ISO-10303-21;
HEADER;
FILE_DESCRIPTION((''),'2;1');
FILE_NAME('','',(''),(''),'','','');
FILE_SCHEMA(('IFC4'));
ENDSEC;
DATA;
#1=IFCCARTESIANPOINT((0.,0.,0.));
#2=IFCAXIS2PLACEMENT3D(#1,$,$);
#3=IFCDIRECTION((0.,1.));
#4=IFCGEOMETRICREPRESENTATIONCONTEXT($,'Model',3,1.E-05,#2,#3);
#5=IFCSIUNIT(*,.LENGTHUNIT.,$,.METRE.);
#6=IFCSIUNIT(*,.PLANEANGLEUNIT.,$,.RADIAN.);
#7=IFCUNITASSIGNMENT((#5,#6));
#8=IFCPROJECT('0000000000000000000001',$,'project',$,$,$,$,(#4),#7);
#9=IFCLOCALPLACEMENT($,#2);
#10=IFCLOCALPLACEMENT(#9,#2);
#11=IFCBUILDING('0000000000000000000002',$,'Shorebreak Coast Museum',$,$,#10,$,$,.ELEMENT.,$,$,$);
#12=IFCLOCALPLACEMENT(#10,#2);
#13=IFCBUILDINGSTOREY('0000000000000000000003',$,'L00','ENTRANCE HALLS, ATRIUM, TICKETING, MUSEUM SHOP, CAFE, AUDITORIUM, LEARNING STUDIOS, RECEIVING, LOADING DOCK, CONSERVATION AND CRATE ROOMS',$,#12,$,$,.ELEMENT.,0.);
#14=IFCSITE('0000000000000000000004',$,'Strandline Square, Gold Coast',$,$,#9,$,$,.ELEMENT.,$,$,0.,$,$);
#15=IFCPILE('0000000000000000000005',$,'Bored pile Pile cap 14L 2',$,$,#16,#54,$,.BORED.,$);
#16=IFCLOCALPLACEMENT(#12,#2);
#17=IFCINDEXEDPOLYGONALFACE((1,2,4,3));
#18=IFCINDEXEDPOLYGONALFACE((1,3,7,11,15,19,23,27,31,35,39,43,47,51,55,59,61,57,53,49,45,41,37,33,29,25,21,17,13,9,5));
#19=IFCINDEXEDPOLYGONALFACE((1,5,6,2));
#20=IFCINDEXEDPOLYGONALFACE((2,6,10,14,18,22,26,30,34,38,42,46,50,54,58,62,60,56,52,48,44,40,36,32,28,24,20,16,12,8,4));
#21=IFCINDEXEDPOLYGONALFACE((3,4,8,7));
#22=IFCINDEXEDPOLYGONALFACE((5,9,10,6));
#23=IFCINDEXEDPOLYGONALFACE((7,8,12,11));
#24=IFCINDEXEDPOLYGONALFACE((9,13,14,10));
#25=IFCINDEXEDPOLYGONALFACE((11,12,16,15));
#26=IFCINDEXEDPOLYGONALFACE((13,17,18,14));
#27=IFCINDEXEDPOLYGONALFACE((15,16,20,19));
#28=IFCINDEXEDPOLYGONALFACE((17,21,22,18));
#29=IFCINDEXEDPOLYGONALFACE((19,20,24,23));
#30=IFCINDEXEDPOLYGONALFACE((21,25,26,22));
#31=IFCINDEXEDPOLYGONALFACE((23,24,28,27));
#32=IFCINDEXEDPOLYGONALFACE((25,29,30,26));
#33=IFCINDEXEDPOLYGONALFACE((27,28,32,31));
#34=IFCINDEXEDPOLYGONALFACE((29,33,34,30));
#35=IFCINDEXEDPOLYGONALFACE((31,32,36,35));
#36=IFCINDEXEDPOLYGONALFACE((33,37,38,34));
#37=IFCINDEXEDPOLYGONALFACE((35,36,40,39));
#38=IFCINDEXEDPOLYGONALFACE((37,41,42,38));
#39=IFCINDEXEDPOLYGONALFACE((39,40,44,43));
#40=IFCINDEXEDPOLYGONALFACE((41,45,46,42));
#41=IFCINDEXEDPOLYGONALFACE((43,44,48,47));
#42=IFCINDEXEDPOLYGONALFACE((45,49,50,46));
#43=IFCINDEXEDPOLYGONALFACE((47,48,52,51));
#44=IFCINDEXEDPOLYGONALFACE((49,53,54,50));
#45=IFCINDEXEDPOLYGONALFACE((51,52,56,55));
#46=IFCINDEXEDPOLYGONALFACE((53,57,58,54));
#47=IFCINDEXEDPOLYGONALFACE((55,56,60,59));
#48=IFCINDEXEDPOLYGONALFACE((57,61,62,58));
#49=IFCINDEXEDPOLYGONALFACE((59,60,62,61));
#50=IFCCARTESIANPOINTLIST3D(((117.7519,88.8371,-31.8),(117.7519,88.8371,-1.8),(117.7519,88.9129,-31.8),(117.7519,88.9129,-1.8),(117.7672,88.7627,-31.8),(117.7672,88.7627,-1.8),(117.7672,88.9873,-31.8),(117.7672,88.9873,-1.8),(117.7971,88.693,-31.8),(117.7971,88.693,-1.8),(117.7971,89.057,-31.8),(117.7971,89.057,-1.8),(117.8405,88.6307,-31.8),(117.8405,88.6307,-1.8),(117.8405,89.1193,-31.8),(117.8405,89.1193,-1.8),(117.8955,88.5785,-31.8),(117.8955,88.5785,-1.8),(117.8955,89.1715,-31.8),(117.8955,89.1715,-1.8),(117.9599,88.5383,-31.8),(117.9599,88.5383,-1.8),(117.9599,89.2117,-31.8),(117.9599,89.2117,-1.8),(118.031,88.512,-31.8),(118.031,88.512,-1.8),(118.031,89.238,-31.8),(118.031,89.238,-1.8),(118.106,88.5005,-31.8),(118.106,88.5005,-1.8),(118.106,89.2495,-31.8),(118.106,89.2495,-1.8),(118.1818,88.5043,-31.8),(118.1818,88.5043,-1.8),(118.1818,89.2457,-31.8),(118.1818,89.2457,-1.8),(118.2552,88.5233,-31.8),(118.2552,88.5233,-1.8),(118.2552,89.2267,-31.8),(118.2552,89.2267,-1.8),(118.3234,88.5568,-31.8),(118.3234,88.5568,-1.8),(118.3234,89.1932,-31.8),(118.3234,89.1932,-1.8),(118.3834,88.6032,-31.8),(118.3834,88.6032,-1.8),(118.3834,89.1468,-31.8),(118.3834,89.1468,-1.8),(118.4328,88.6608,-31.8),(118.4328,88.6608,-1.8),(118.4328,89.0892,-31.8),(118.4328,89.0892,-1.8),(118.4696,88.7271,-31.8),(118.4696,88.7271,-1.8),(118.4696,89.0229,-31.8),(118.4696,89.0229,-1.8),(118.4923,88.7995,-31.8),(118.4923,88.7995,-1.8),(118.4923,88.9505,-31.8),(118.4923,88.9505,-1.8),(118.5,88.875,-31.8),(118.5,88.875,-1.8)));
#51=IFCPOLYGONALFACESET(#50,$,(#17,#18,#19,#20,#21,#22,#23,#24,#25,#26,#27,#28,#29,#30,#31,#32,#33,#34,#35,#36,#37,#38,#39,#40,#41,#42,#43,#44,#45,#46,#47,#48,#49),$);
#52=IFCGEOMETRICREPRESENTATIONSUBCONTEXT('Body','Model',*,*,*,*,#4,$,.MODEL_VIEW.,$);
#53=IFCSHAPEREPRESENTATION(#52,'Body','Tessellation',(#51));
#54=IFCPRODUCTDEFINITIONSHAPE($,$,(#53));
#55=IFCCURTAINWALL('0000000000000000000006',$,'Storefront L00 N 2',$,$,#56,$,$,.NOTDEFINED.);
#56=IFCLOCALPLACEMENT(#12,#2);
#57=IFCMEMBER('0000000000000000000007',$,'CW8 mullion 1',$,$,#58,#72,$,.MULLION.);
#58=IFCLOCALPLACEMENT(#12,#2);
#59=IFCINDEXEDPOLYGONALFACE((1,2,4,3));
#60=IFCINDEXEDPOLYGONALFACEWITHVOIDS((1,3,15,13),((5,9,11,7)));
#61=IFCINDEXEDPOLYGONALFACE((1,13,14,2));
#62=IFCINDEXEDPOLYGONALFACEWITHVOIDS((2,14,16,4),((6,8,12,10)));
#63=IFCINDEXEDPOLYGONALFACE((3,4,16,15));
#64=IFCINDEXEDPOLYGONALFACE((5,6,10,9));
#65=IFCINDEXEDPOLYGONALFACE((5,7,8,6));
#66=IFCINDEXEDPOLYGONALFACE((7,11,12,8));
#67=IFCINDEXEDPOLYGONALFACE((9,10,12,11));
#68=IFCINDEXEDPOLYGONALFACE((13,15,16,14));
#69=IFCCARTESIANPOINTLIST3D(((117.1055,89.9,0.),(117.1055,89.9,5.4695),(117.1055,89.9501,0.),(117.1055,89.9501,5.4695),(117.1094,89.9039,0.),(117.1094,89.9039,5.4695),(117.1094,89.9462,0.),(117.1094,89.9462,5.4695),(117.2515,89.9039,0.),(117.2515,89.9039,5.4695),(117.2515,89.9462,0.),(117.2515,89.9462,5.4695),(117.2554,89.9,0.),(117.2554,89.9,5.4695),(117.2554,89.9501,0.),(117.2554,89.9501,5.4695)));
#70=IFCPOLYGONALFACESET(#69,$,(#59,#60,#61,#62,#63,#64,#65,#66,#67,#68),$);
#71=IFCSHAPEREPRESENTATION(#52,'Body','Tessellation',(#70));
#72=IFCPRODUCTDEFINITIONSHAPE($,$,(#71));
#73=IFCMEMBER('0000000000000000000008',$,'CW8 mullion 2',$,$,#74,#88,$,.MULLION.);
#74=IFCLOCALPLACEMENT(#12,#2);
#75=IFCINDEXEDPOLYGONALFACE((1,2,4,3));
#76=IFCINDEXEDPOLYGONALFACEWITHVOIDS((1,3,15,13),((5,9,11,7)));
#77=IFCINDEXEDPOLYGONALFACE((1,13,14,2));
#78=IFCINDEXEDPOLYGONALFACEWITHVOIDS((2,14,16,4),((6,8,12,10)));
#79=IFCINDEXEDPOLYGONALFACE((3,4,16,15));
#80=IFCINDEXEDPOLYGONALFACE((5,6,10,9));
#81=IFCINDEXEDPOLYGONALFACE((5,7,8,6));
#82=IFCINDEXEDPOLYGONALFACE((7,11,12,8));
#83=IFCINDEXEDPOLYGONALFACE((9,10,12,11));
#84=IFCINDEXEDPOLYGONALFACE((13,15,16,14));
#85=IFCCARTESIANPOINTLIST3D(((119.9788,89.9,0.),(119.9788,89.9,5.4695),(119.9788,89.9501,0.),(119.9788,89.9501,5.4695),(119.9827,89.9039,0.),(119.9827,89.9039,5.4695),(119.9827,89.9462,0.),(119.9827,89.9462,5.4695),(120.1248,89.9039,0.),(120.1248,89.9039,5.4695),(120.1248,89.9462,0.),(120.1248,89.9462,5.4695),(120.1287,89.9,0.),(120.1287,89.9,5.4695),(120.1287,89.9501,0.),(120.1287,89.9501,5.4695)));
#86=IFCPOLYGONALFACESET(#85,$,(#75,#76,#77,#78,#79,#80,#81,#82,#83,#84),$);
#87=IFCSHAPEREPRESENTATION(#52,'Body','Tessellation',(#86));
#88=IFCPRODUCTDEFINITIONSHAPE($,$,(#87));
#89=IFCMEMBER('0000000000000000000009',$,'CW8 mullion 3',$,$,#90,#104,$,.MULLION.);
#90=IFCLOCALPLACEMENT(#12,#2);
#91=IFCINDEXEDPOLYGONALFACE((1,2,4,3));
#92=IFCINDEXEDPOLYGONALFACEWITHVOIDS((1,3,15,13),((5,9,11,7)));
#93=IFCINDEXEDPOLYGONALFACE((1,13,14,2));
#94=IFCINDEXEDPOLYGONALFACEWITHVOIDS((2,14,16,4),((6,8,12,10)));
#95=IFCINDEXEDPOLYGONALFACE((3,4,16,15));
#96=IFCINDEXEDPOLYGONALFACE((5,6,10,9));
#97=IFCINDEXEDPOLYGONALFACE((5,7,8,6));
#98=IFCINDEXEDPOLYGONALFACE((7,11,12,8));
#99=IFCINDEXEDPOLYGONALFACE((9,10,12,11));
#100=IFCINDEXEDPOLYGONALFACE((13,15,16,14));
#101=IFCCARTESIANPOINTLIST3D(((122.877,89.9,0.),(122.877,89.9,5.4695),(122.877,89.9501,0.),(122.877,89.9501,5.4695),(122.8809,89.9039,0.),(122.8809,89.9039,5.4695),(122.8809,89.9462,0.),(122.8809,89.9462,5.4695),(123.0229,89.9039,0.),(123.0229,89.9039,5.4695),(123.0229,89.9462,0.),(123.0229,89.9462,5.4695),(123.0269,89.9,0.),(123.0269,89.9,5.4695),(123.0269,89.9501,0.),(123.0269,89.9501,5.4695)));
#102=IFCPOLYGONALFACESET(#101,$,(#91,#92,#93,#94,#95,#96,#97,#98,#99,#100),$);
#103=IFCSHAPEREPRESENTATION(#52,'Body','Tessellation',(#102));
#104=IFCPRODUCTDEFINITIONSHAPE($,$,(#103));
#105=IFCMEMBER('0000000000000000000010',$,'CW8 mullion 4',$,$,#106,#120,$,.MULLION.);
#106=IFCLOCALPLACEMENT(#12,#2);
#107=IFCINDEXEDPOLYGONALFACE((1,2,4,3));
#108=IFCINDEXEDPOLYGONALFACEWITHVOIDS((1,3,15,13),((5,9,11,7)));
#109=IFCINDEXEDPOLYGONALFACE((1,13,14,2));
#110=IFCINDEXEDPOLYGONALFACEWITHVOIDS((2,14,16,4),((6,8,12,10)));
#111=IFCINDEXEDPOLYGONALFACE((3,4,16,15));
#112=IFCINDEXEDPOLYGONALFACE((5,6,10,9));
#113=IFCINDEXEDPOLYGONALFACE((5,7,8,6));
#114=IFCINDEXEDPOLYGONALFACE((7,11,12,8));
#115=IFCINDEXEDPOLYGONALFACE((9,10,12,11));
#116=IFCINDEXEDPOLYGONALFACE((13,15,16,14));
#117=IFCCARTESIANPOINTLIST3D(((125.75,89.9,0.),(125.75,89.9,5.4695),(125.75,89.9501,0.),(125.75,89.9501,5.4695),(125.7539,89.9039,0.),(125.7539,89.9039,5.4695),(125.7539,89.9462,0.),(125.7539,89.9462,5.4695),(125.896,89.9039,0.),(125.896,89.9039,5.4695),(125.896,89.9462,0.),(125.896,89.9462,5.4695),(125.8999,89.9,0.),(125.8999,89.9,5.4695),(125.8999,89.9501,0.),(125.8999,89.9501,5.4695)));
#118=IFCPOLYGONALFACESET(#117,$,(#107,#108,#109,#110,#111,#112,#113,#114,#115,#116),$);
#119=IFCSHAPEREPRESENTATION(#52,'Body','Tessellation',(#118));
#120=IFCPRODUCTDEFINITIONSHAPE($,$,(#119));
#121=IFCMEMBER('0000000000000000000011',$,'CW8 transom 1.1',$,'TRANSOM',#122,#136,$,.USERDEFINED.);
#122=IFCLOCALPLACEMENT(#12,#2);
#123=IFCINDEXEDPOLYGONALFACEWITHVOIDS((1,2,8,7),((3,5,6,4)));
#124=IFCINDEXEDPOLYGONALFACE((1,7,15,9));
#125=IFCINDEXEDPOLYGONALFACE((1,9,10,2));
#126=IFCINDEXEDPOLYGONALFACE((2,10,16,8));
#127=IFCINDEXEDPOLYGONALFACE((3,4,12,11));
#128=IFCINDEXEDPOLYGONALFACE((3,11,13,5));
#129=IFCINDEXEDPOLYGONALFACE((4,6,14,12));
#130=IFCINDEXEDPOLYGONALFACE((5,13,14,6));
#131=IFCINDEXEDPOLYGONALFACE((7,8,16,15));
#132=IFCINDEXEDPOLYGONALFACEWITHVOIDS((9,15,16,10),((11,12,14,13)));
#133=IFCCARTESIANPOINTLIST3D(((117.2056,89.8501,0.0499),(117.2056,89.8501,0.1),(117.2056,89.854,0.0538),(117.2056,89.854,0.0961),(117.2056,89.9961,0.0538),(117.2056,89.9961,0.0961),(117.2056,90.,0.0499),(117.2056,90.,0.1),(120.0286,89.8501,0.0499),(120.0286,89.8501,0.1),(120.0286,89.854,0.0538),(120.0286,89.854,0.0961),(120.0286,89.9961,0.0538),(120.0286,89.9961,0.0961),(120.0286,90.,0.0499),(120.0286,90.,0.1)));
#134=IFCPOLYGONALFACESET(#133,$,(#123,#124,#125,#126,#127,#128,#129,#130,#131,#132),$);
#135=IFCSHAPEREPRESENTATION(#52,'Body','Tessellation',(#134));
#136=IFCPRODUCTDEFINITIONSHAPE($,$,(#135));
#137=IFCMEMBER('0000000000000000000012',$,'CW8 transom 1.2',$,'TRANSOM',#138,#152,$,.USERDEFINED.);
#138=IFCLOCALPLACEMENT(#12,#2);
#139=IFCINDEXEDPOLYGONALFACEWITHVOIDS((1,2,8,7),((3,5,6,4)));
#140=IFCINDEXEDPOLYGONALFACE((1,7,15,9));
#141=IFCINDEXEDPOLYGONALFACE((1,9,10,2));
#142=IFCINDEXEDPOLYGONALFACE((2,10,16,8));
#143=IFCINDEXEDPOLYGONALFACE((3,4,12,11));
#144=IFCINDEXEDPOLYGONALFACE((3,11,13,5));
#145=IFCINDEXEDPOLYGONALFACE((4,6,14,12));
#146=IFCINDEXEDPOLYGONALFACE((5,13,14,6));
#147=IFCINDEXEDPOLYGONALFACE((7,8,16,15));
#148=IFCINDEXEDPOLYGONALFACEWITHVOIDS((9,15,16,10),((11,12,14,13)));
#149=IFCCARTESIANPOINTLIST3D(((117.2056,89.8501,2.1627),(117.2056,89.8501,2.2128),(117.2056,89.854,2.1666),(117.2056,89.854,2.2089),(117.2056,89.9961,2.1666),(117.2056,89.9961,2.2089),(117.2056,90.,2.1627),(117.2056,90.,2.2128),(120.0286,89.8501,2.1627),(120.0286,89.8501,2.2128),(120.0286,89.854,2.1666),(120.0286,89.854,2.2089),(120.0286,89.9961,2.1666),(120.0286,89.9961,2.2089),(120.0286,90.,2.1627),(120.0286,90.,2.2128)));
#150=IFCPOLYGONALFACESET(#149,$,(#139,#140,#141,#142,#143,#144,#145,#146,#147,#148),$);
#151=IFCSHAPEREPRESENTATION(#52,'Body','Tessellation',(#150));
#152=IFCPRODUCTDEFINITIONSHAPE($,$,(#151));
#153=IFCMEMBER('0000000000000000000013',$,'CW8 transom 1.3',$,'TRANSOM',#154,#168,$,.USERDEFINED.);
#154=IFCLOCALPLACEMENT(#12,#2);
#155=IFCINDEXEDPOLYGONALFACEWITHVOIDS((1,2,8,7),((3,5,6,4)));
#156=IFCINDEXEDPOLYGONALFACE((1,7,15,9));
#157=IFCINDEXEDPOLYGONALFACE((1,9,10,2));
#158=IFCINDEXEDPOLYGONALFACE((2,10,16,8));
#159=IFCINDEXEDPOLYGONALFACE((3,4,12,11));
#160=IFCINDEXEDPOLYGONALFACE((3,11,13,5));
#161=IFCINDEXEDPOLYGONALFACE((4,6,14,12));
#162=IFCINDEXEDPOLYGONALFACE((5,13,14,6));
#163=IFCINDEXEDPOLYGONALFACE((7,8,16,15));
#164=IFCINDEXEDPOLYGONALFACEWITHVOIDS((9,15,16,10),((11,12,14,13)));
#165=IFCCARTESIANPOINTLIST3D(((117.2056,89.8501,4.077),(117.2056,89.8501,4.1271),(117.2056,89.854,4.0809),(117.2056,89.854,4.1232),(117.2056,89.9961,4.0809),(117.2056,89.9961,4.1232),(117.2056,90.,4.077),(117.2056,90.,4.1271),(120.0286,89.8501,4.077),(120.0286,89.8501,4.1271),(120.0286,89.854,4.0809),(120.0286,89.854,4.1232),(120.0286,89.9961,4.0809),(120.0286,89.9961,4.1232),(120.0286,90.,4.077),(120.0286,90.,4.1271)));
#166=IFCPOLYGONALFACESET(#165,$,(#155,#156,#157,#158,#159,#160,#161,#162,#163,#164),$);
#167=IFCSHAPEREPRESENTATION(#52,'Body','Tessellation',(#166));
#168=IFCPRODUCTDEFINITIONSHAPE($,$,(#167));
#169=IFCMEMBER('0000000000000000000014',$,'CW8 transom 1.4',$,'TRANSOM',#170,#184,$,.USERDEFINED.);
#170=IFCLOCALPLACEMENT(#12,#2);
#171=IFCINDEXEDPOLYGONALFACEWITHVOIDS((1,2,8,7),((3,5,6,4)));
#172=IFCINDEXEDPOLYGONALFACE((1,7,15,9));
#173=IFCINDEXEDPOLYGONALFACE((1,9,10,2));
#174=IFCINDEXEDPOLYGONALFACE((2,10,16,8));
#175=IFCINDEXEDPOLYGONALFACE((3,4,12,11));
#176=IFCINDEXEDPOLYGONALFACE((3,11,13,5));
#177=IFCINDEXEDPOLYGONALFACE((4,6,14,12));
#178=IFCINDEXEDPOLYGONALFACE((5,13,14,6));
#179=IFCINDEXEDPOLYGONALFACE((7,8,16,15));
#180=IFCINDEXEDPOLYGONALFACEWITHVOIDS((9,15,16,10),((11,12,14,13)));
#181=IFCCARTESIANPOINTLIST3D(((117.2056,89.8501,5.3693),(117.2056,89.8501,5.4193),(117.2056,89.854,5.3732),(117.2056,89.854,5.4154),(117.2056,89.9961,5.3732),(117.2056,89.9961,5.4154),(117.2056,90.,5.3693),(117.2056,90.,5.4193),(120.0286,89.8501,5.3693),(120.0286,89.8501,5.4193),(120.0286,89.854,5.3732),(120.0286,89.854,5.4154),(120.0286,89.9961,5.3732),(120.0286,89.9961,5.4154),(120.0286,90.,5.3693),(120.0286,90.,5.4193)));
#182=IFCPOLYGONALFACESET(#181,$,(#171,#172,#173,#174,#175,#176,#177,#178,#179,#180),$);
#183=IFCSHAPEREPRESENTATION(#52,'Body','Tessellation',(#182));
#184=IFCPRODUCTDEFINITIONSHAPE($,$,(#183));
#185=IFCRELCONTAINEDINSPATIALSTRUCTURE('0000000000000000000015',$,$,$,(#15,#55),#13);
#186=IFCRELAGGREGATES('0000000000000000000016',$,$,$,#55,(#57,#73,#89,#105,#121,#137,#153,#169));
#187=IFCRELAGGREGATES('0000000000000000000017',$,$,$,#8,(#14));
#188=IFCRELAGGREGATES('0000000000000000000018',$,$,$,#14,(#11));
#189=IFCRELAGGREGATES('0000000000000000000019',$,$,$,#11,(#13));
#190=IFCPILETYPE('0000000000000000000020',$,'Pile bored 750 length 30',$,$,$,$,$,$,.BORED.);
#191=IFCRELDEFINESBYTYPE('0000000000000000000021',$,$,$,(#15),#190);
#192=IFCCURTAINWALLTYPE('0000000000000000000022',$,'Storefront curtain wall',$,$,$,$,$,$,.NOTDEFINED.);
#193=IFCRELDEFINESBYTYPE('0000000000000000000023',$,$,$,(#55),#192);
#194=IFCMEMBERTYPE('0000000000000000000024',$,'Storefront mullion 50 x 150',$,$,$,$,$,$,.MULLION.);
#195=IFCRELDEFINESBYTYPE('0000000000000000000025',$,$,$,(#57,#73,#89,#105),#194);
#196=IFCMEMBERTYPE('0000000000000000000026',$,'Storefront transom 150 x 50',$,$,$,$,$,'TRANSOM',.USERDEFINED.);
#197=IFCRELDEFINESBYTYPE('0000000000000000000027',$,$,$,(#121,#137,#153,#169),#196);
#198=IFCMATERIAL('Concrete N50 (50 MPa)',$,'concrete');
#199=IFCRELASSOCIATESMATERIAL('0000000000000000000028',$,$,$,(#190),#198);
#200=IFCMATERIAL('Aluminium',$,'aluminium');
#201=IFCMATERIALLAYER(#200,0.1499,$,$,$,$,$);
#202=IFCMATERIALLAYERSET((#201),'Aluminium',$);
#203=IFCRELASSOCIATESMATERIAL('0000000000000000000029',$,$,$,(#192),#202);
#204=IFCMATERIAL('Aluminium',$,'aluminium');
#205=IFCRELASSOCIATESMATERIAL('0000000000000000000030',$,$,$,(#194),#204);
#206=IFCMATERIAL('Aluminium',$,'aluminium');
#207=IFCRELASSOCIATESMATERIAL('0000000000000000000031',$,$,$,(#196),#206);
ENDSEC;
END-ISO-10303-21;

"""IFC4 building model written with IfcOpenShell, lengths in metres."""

from ifc_helpers import new_model, si_unit, direction, frame, origin, origin_2d, place, context, subcontext, project, spatial, hollow_rectangle, circle, extrude, material, layer, layer_set, material_profile, profile_set, type_object, element, aggregate, save


model = new_model("IFC4")

# Units and contexts
model_context = context("Model", 3, precision=1e-05, world=origin(), true_north=direction((0.0, 1.0)))
body_context = subcontext(model_context, "Body", "Model", "MODEL_VIEW")
ifc_project = project(units=[si_unit("LENGTHUNIT", "METRE"), si_unit("PLANEANGLEUNIT", "RADIAN")], contexts=[model_context])

# Site, building, storey
site_placement = place(None, origin())
site = spatial("IfcSite", under=ifc_project, at=site_placement, Name="Strandline Square, Gold Coast", CompositionType="ELEMENT", RefElevation=0.0)
building_placement = place(site_placement, origin())
building = spatial("IfcBuilding", under=site, at=building_placement, Name="Shorebreak Coast Museum", CompositionType="ELEMENT")
storey_placement = place(building_placement, origin())
storey = spatial("IfcBuildingStorey", under=building, at=storey_placement, Name="L00", Description="ENTRANCE HALLS, ATRIUM, TICKETING, MUSEUM SHOP, CAFE, AUDITORIUM, LEARNING STUDIOS, RECEIVING, LOADING DOCK, CONSERVATION AND CRATE ROOMS", CompositionType="ELEMENT", Elevation=0.0)

# Pile
ifc_material_1 = material(Name="Concrete N50 (50 MPa)", Category="concrete")
ifc_material_profile_1 = material_profile(ifc_material_1, circle(Radius=0.375, at=origin_2d()), Name="Pile bored 750 length 30")
ifc_profile_set_1 = profile_set([ifc_material_profile_1], Name="Concrete N50 (50 MPa)")
pile_type = type_object("IfcPileType", Name="Pile bored 750 length 30", PredefinedType="BORED", material=ifc_profile_set_1)
pile_placement = place(storey_placement, frame((118.125, 88.875, -1.8), z_axis=(0.0, 0.0, -1.0), x_axis=(1.0, 0.0, 0.0)))
element("IfcPile", 1, at=pile_placement, inside=storey, type_object=pile_type, Name="Bored pile Pile cap 14L 2", PredefinedType="BORED", context=body_context, shape_type="SweptSolid", body=[
    extrude(circle(Radius=0.375, at=origin_2d()), origin(), (0.0, 0.0, 1.0), 30.0),
])

# Curtain wall, members
ifc_material_2 = material(Name="Aluminium", Category="aluminium")
ifc_layer_1 = layer(ifc_material_2, 0.1499)
ifc_layer_set_1 = layer_set([ifc_layer_1], Name="Aluminium")
curtain_wall_type = type_object("IfcCurtainWallType", Name="Storefront curtain wall", PredefinedType="NOTDEFINED", material=ifc_layer_set_1)
curtain_wall_placement = place(storey_placement, origin())
curtain_wall = element("IfcCurtainWall", 2, at=curtain_wall_placement, inside=storey, type_object=curtain_wall_type, Name="Storefront L00 N 2", PredefinedType="NOTDEFINED")
ifc_material_3 = material(Name="Aluminium", Category="aluminium")
ifc_material_profile_2 = material_profile(ifc_material_3, hollow_rectangle(XDim=0.05, YDim=0.1499, WallThickness=0.0039, at=origin_2d()), Name="AL 150x50 RHS")
ifc_profile_set_2 = profile_set([ifc_material_profile_2], Name="Aluminium")
member_type_1 = type_object("IfcMemberType", Name="Storefront mullion 50 x 150", PredefinedType="MULLION", material=ifc_profile_set_2)
member_1_placement = place(storey_placement, frame((117.1804, 89.925, 0.0), z_axis=(0.0, 0.0, 1.0), x_axis=(0.0, 1.0, 0.0)))
member_1 = element("IfcMember", 3, at=member_1_placement, type_object=member_type_1, Name="CW8 mullion 1", PredefinedType="MULLION", context=body_context, shape_type="SweptSolid", body=[
    extrude(hollow_rectangle(XDim=0.05, YDim=0.1499, WallThickness=0.0039, at=origin_2d()), origin(), (0.0, 0.0, 1.0), 5.4695),
])
member_2_placement = place(storey_placement, frame((120.0537, 89.925, 0.0), z_axis=(0.0, 0.0, 1.0), x_axis=(0.0, 1.0, 0.0)))
member_2 = element("IfcMember", 4, at=member_2_placement, type_object=member_type_1, Name="CW8 mullion 2", PredefinedType="MULLION", context=body_context, shape_type="SweptSolid", body=[
    extrude(hollow_rectangle(XDim=0.05, YDim=0.1499, WallThickness=0.0039, at=origin_2d()), origin(), (0.0, 0.0, 1.0), 5.4695),
])
member_3_placement = place(storey_placement, frame((122.9519, 89.925, 0.0), z_axis=(0.0, 0.0, 1.0), x_axis=(0.0, 1.0, 0.0)))
member_3 = element("IfcMember", 5, at=member_3_placement, type_object=member_type_1, Name="CW8 mullion 3", PredefinedType="MULLION", context=body_context, shape_type="SweptSolid", body=[
    extrude(hollow_rectangle(XDim=0.05, YDim=0.1499, WallThickness=0.0039, at=origin_2d()), origin(), (0.0, 0.0, 1.0), 5.4695),
])
member_4_placement = place(storey_placement, frame((125.825, 89.925, 0.0), z_axis=(0.0, 0.0, 1.0), x_axis=(0.0, 1.0, 0.0)))
member_4 = element("IfcMember", 6, at=member_4_placement, type_object=member_type_1, Name="CW8 mullion 4", PredefinedType="MULLION", context=body_context, shape_type="SweptSolid", body=[
    extrude(hollow_rectangle(XDim=0.05, YDim=0.1499, WallThickness=0.0039, at=origin_2d()), origin(), (0.0, 0.0, 1.0), 5.4695),
])
ifc_material_4 = material(Name="Aluminium", Category="aluminium")
ifc_material_profile_3 = material_profile(ifc_material_4, hollow_rectangle(XDim=0.1499, YDim=0.05, WallThickness=0.0039, at=origin_2d()), Name="AL 50x150 RHS")
ifc_profile_set_3 = profile_set([ifc_material_profile_3], Name="Aluminium")
member_type_2 = type_object("IfcMemberType", Name="Storefront transom 150 x 50", ElementType="TRANSOM", PredefinedType="USERDEFINED", material=ifc_profile_set_3)
member_5_placement = place(storey_placement, frame((117.2056, 89.925, 0.075), z_axis=(1.0, 0.0, 0.0), x_axis=(0.0, 1.0, 0.0)))
member_5 = element("IfcMember", 7, at=member_5_placement, type_object=member_type_2, Name="CW8 transom 1.1", ObjectType="TRANSOM", PredefinedType="USERDEFINED", context=body_context, shape_type="SweptSolid", body=[
    extrude(hollow_rectangle(XDim=0.1499, YDim=0.05, WallThickness=0.0039, at=origin_2d()), origin(), (0.0, 0.0, 1.0), 2.823),
])
member_6_placement = place(storey_placement, frame((117.2056, 89.925, 2.1877), z_axis=(1.0, 0.0, 0.0), x_axis=(0.0, 1.0, 0.0)))
member_6 = element("IfcMember", 8, at=member_6_placement, type_object=member_type_2, Name="CW8 transom 1.2", ObjectType="TRANSOM", PredefinedType="USERDEFINED", context=body_context, shape_type="SweptSolid", body=[
    extrude(hollow_rectangle(XDim=0.1499, YDim=0.05, WallThickness=0.0039, at=origin_2d()), origin(), (0.0, 0.0, 1.0), 2.823),
])
member_7_placement = place(storey_placement, frame((117.2056, 89.925, 4.1021), z_axis=(1.0, 0.0, 0.0), x_axis=(0.0, 1.0, 0.0)))
member_7 = element("IfcMember", 9, at=member_7_placement, type_object=member_type_2, Name="CW8 transom 1.3", ObjectType="TRANSOM", PredefinedType="USERDEFINED", context=body_context, shape_type="SweptSolid", body=[
    extrude(hollow_rectangle(XDim=0.1499, YDim=0.05, WallThickness=0.0039, at=origin_2d()), origin(), (0.0, 0.0, 1.0), 2.823),
])
member_8_placement = place(storey_placement, frame((117.2056, 89.925, 5.3943), z_axis=(1.0, 0.0, 0.0), x_axis=(0.0, 1.0, 0.0)))
member_8 = element("IfcMember", 10, at=member_8_placement, type_object=member_type_2, Name="CW8 transom 1.4", ObjectType="TRANSOM", PredefinedType="USERDEFINED", context=body_context, shape_type="SweptSolid", body=[
    extrude(hollow_rectangle(XDim=0.1499, YDim=0.05, WallThickness=0.0039, at=origin_2d()), origin(), (0.0, 0.0, 1.0), 2.823),
])
aggregate(curtain_wall, [member_1, member_2, member_3, member_4, member_5, member_6, member_7, member_8])

save(model, "model.ifc")
